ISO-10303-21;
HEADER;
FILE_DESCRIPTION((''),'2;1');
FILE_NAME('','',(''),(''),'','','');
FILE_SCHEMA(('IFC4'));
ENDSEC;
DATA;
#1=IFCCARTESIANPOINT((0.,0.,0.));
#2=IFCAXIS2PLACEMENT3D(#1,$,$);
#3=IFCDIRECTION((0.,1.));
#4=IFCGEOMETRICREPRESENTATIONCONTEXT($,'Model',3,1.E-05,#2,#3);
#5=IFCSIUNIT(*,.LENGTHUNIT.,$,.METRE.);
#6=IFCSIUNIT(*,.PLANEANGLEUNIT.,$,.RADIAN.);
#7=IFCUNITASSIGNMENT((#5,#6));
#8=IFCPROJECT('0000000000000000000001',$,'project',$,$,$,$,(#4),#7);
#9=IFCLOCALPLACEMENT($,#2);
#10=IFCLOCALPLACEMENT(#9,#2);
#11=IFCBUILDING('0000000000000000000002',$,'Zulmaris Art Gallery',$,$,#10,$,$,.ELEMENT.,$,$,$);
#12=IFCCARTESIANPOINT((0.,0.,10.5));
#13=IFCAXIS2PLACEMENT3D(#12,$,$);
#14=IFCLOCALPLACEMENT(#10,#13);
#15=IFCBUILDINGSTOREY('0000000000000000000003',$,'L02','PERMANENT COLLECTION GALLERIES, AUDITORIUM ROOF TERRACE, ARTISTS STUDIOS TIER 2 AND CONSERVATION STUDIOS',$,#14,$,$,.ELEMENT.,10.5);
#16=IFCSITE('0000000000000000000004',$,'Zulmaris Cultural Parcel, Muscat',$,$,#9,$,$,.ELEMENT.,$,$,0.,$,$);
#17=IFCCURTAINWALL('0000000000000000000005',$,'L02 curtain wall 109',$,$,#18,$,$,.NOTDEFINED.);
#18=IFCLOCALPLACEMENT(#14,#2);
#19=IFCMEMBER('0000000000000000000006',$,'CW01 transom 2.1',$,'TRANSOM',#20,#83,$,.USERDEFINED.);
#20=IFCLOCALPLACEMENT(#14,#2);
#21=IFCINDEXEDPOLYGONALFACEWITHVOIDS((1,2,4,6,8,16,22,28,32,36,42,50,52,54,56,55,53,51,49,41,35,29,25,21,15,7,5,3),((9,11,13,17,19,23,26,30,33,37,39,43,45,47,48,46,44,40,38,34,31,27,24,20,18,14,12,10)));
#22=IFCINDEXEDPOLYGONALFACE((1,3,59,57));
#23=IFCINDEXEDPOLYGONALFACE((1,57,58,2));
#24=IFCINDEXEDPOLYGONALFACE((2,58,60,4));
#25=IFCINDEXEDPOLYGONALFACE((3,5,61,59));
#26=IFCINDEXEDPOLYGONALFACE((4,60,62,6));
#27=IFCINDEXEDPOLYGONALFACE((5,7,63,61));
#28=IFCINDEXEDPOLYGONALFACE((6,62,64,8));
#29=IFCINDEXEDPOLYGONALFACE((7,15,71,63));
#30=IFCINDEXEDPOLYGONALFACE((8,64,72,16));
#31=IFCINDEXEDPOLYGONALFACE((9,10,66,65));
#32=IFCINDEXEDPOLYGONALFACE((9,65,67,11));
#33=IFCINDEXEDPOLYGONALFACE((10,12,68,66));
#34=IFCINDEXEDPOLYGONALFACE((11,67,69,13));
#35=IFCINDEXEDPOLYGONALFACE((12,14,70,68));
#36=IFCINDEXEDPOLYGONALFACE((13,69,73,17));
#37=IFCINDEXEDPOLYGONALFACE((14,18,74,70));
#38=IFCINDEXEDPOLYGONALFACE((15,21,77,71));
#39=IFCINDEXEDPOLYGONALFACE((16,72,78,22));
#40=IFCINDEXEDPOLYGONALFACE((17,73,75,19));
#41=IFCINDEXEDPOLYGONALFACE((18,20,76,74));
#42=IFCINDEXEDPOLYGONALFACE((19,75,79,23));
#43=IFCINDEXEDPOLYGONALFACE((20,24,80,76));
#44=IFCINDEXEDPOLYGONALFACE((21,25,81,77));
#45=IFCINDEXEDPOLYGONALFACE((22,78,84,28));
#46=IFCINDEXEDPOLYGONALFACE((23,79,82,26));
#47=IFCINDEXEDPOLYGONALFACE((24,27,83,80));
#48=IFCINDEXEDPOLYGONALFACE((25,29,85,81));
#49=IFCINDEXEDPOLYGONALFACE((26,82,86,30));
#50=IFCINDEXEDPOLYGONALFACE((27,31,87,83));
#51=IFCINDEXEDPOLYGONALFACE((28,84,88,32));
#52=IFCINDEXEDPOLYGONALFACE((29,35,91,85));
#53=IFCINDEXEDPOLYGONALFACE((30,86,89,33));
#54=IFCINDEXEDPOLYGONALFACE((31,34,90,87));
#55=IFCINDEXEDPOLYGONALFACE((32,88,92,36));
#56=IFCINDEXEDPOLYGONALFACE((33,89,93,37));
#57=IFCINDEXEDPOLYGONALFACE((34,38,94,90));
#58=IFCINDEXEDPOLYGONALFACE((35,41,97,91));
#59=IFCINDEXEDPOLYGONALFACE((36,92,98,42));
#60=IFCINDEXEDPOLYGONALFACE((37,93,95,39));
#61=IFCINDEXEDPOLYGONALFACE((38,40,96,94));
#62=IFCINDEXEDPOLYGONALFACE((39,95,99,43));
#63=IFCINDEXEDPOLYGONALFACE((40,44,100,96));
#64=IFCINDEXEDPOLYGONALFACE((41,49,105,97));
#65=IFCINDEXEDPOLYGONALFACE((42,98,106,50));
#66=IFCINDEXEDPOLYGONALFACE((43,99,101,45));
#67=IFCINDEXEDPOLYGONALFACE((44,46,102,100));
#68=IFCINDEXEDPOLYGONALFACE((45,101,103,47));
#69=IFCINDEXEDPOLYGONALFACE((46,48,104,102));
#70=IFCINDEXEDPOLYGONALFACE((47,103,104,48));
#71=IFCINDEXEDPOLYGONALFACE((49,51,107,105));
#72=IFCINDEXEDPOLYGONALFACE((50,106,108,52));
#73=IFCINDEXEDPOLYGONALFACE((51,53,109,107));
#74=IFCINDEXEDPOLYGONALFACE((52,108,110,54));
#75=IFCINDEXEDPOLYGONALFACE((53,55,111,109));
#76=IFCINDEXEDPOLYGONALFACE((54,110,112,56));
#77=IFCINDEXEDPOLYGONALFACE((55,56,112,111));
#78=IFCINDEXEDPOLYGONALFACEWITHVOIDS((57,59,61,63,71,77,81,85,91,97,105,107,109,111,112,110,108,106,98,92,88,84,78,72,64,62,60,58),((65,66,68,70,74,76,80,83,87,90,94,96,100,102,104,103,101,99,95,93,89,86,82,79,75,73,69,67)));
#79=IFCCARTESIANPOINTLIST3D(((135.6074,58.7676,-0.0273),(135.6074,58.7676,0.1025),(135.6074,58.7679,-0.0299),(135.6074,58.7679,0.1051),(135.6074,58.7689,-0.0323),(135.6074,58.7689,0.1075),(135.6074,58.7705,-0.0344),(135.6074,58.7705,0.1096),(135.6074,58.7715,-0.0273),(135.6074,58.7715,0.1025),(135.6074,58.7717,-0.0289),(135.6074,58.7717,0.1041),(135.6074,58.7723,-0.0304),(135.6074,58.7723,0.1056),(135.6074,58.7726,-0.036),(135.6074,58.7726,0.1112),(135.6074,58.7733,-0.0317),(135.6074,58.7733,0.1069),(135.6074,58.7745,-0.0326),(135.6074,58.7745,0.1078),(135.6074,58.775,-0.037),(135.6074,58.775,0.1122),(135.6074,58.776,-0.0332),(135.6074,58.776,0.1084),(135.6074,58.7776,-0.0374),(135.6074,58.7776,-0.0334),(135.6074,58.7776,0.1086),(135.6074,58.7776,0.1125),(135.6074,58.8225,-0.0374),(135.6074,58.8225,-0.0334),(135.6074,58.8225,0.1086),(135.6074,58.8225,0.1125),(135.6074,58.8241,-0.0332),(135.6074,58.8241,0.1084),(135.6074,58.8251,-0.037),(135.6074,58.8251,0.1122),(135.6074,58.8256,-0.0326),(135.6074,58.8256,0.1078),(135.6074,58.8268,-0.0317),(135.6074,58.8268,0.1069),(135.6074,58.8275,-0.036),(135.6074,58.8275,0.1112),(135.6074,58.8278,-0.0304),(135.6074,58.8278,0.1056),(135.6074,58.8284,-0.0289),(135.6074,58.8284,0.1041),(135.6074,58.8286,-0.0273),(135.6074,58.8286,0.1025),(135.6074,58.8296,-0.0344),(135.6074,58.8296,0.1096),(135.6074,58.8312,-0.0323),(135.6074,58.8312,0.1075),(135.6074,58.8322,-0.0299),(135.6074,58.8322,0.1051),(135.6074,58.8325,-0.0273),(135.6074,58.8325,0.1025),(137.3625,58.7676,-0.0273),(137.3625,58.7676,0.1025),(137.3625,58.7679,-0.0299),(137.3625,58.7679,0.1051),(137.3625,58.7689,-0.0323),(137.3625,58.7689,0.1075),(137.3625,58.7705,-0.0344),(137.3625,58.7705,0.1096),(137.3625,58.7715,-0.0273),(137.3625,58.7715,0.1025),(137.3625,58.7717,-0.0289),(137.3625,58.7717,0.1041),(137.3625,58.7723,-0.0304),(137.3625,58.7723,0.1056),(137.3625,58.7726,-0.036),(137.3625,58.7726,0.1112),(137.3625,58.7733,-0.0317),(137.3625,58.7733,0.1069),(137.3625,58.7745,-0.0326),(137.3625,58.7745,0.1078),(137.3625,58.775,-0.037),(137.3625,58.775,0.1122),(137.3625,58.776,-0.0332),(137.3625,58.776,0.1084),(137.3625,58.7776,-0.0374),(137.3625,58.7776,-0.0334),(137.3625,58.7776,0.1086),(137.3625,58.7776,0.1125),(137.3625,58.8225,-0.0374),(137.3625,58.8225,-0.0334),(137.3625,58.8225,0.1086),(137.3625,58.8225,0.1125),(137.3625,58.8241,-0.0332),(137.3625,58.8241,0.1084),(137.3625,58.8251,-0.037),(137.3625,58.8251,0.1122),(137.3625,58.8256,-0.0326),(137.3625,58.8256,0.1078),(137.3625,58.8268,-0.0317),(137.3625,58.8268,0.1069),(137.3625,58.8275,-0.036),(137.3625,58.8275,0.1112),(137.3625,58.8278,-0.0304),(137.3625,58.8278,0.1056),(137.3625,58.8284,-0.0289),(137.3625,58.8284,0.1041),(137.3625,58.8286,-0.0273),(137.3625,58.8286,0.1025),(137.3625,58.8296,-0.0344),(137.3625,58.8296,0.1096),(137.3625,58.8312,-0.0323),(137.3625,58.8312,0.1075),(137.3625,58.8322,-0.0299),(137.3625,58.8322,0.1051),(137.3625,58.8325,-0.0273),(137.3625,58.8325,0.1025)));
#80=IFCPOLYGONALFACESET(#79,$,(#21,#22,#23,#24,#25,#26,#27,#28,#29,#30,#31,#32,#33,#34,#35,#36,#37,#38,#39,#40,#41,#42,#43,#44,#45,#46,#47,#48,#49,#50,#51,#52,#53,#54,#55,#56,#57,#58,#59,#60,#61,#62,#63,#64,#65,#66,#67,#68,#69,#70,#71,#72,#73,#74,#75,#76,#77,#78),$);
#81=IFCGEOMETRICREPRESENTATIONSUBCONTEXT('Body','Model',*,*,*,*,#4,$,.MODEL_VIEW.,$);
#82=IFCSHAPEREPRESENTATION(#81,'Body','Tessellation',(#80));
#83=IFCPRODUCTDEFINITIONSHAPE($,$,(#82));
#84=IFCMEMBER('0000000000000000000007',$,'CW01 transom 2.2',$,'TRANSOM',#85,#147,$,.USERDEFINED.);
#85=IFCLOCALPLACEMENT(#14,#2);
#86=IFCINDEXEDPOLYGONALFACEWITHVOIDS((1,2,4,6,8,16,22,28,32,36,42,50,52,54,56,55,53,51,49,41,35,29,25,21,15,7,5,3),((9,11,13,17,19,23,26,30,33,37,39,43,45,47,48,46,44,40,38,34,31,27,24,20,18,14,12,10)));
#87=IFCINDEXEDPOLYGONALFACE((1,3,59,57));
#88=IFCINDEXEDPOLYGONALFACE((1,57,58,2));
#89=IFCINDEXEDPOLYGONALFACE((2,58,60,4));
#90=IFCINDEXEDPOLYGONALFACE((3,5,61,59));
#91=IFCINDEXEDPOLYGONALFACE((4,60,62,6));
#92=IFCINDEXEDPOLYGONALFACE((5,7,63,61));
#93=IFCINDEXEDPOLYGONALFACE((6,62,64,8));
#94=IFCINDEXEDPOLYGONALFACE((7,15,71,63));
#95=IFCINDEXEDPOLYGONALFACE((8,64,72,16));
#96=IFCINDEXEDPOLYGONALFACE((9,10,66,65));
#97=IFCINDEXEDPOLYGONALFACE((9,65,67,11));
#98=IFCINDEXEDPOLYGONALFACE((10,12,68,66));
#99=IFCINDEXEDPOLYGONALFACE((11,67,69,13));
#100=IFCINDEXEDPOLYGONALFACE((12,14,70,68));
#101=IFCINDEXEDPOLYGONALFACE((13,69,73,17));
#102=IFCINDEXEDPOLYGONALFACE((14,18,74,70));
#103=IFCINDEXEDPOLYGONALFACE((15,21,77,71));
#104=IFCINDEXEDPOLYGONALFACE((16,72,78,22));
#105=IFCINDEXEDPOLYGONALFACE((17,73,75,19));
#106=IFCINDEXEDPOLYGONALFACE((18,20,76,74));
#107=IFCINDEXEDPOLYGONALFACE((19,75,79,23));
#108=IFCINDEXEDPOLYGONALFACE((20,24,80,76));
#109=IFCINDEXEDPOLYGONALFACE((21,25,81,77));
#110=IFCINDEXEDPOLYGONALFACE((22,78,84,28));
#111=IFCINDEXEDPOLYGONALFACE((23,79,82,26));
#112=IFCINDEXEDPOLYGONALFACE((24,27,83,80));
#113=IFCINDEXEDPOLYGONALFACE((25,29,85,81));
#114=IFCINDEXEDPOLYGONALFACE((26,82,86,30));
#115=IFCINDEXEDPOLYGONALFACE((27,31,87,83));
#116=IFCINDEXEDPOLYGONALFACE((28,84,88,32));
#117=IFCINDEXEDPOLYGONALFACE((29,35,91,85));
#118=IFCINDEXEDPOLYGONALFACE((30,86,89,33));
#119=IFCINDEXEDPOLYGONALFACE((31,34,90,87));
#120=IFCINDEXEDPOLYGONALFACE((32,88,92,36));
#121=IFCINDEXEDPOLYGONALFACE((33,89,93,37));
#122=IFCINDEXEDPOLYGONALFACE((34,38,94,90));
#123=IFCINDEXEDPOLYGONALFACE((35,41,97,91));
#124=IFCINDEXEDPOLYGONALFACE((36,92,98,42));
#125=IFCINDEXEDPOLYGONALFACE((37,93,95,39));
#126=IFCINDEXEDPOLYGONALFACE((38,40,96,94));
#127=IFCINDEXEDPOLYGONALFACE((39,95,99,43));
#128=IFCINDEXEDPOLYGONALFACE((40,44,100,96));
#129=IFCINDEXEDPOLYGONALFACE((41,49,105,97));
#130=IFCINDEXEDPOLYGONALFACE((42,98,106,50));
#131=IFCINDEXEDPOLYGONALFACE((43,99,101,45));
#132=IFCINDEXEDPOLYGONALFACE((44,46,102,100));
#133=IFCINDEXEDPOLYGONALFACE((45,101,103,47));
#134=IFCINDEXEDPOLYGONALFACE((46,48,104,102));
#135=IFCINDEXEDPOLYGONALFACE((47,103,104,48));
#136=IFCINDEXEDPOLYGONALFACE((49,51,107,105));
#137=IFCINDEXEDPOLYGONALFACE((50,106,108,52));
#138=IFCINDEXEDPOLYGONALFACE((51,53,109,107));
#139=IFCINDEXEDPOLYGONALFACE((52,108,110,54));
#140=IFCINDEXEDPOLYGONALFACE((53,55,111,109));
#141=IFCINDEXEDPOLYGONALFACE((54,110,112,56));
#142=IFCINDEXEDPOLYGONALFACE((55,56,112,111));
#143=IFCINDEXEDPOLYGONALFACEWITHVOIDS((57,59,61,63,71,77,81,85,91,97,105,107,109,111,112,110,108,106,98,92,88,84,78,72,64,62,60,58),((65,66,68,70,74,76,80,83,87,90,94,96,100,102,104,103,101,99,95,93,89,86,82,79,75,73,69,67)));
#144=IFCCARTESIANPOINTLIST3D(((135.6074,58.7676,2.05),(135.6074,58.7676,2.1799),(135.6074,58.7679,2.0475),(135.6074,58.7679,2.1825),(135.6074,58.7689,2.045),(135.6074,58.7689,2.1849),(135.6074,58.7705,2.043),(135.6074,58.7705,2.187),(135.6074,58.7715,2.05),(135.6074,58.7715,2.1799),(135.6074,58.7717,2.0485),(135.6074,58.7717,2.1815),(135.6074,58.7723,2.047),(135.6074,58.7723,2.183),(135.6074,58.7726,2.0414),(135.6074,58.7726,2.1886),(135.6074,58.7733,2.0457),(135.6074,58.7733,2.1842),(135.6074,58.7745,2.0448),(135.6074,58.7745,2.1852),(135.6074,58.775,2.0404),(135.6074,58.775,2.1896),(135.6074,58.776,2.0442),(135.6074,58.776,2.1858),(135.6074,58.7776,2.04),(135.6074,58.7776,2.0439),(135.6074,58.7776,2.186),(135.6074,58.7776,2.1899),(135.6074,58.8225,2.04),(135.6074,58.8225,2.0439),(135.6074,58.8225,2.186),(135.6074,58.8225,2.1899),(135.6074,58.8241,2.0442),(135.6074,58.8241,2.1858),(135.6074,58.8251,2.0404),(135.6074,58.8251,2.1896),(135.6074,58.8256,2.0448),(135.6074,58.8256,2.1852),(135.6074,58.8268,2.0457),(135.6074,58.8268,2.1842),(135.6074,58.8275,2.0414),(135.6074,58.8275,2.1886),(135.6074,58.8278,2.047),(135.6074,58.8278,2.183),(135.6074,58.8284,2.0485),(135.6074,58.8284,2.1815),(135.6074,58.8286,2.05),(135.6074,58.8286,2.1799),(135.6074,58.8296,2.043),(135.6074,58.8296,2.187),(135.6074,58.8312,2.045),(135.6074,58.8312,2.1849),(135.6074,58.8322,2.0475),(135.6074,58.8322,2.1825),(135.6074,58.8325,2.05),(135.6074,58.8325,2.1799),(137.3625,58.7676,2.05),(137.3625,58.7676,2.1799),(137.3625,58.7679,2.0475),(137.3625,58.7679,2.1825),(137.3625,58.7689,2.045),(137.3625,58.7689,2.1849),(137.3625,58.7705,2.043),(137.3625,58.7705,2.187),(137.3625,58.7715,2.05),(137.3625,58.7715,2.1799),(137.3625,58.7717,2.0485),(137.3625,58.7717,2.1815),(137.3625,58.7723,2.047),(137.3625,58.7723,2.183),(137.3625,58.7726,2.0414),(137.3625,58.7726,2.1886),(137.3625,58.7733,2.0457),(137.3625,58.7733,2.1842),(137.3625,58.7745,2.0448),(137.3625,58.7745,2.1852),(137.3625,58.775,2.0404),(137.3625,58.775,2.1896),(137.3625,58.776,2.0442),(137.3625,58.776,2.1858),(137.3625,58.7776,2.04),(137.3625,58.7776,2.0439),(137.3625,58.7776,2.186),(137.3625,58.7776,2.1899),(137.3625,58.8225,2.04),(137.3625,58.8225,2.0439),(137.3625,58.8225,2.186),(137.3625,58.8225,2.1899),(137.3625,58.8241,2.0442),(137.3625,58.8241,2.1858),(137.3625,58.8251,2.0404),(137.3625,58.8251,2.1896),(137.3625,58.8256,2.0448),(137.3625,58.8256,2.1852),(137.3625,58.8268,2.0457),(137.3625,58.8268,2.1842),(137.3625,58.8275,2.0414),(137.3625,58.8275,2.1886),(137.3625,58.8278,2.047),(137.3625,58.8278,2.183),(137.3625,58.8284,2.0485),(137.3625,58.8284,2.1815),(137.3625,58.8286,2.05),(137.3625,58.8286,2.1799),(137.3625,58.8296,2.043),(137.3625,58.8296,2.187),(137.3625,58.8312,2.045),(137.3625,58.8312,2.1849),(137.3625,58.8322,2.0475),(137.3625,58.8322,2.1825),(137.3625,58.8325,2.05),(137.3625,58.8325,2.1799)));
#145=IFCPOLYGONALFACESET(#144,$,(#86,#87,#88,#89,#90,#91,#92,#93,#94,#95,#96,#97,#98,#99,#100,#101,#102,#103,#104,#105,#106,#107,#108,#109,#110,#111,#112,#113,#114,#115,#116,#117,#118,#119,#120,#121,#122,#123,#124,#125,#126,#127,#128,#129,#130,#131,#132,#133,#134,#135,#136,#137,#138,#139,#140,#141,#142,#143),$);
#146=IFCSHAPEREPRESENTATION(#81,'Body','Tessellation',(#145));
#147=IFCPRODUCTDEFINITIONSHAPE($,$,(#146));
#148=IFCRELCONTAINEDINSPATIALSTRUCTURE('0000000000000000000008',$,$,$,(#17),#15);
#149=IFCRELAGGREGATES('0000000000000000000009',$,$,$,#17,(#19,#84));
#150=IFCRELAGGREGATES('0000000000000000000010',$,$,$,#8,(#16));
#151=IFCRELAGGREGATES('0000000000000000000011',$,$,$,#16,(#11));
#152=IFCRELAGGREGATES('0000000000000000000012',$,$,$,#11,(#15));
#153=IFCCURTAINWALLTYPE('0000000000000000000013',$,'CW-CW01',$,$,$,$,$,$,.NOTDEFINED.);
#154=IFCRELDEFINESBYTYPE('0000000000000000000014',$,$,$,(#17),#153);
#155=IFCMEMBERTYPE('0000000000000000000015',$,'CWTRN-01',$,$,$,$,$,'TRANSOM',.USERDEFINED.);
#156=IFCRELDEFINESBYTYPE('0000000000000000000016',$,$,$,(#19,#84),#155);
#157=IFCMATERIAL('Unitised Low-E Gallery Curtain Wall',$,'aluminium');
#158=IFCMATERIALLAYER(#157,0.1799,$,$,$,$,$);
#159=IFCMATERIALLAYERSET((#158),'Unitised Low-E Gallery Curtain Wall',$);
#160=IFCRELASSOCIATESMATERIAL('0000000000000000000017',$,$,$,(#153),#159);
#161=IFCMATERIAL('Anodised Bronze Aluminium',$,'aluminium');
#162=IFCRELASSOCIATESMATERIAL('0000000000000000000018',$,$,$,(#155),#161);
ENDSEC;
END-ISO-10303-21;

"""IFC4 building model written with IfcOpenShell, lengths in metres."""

from ifc_helpers import new_model, si_unit, direction, frame, origin, origin_2d, place, context, subcontext, project, spatial, hollow_rectangle, extrude, material, layer, layer_set, material_profile, profile_set, type_object, element, aggregate, save


model = new_model("IFC4")

# Units and contexts
model_context = context("Model", 3, precision=1e-05, world=origin(), true_north=direction((0.0, 1.0)))
body_context = subcontext(model_context, "Body", "Model", "MODEL_VIEW")
ifc_project = project(units=[si_unit("LENGTHUNIT", "METRE"), si_unit("PLANEANGLEUNIT", "RADIAN")], contexts=[model_context])

# Site, building, storey
site_placement = place(None, origin())
site = spatial("IfcSite", under=ifc_project, at=site_placement, Name="Zulmaris Cultural Parcel, Muscat", CompositionType="ELEMENT", RefElevation=0.0)
building_placement = place(site_placement, origin())
building = spatial("IfcBuilding", under=site, at=building_placement, Name="Zulmaris Art Gallery", CompositionType="ELEMENT")
storey_placement = place(building_placement, frame((0.0, 0.0, 10.5)))
storey = spatial("IfcBuildingStorey", under=building, at=storey_placement, Name="L02", Description="PERMANENT COLLECTION GALLERIES, AUDITORIUM ROOF TERRACE, ARTISTS STUDIOS TIER 2 AND CONSERVATION STUDIOS", CompositionType="ELEMENT", Elevation=10.5)

# Curtain wall, members
ifc_material_1 = material(Name="Unitised Low-E Gallery Curtain Wall", Category="aluminium")
ifc_layer_1 = layer(ifc_material_1, 0.1799)
ifc_layer_set_1 = layer_set([ifc_layer_1], Name="Unitised Low-E Gallery Curtain Wall")
curtain_wall_type = type_object("IfcCurtainWallType", Name="CW-CW01", PredefinedType="NOTDEFINED", material=ifc_layer_set_1)
curtain_wall_placement = place(storey_placement, origin())
curtain_wall = element("IfcCurtainWall", 1, at=curtain_wall_placement, inside=storey, type_object=curtain_wall_type, Name="L02 curtain wall 109", PredefinedType="NOTDEFINED")
ifc_material_2 = material(Name="Anodised Bronze Aluminium", Category="aluminium")
ifc_material_profile_1 = material_profile(ifc_material_2, hollow_rectangle(XDim=0.0649, YDim=0.1499, WallThickness=0.0039, InnerFilletRadius=0.0061, OuterFilletRadius=0.01, at=origin_2d()), Name="ALU 65x150x4")
ifc_profile_set_1 = profile_set([ifc_material_profile_1], Name="Anodised Bronze Aluminium")
member_type_1 = type_object("IfcMemberType", Name="CWTRN-01", ElementType="TRANSOM", PredefinedType="USERDEFINED", material=ifc_profile_set_1)
member_1_placement = place(storey_placement, frame((135.6074, 58.8, 0.0376), z_axis=(1.0, 0.0, 0.0), x_axis=(0.0, 1.0, 0.0)))
member_1 = element("IfcMember", 2, at=member_1_placement, type_object=member_type_1, Name="CW01 transom 2.1", ObjectType="TRANSOM", PredefinedType="USERDEFINED", context=body_context, shape_type="SweptSolid", body=[
    extrude(hollow_rectangle(XDim=0.0649, YDim=0.1499, WallThickness=0.0039, InnerFilletRadius=0.0061, OuterFilletRadius=0.01, at=origin_2d()), origin(), (0.0, 0.0, 1.0), 1.7551),
])
member_2_placement = place(storey_placement, frame((135.6074, 58.8, 2.115), z_axis=(1.0, 0.0, 0.0), x_axis=(0.0, 1.0, 0.0)))
member_2 = element("IfcMember", 3, at=member_2_placement, type_object=member_type_1, Name="CW01 transom 2.2", ObjectType="TRANSOM", PredefinedType="USERDEFINED", context=body_context, shape_type="SweptSolid", body=[
    extrude(hollow_rectangle(XDim=0.0649, YDim=0.1499, WallThickness=0.0039, InnerFilletRadius=0.0061, OuterFilletRadius=0.01, at=origin_2d()), origin(), (0.0, 0.0, 1.0), 1.7551),
])
aggregate(curtain_wall, [member_1, member_2])

save(model, "model.ifc")
